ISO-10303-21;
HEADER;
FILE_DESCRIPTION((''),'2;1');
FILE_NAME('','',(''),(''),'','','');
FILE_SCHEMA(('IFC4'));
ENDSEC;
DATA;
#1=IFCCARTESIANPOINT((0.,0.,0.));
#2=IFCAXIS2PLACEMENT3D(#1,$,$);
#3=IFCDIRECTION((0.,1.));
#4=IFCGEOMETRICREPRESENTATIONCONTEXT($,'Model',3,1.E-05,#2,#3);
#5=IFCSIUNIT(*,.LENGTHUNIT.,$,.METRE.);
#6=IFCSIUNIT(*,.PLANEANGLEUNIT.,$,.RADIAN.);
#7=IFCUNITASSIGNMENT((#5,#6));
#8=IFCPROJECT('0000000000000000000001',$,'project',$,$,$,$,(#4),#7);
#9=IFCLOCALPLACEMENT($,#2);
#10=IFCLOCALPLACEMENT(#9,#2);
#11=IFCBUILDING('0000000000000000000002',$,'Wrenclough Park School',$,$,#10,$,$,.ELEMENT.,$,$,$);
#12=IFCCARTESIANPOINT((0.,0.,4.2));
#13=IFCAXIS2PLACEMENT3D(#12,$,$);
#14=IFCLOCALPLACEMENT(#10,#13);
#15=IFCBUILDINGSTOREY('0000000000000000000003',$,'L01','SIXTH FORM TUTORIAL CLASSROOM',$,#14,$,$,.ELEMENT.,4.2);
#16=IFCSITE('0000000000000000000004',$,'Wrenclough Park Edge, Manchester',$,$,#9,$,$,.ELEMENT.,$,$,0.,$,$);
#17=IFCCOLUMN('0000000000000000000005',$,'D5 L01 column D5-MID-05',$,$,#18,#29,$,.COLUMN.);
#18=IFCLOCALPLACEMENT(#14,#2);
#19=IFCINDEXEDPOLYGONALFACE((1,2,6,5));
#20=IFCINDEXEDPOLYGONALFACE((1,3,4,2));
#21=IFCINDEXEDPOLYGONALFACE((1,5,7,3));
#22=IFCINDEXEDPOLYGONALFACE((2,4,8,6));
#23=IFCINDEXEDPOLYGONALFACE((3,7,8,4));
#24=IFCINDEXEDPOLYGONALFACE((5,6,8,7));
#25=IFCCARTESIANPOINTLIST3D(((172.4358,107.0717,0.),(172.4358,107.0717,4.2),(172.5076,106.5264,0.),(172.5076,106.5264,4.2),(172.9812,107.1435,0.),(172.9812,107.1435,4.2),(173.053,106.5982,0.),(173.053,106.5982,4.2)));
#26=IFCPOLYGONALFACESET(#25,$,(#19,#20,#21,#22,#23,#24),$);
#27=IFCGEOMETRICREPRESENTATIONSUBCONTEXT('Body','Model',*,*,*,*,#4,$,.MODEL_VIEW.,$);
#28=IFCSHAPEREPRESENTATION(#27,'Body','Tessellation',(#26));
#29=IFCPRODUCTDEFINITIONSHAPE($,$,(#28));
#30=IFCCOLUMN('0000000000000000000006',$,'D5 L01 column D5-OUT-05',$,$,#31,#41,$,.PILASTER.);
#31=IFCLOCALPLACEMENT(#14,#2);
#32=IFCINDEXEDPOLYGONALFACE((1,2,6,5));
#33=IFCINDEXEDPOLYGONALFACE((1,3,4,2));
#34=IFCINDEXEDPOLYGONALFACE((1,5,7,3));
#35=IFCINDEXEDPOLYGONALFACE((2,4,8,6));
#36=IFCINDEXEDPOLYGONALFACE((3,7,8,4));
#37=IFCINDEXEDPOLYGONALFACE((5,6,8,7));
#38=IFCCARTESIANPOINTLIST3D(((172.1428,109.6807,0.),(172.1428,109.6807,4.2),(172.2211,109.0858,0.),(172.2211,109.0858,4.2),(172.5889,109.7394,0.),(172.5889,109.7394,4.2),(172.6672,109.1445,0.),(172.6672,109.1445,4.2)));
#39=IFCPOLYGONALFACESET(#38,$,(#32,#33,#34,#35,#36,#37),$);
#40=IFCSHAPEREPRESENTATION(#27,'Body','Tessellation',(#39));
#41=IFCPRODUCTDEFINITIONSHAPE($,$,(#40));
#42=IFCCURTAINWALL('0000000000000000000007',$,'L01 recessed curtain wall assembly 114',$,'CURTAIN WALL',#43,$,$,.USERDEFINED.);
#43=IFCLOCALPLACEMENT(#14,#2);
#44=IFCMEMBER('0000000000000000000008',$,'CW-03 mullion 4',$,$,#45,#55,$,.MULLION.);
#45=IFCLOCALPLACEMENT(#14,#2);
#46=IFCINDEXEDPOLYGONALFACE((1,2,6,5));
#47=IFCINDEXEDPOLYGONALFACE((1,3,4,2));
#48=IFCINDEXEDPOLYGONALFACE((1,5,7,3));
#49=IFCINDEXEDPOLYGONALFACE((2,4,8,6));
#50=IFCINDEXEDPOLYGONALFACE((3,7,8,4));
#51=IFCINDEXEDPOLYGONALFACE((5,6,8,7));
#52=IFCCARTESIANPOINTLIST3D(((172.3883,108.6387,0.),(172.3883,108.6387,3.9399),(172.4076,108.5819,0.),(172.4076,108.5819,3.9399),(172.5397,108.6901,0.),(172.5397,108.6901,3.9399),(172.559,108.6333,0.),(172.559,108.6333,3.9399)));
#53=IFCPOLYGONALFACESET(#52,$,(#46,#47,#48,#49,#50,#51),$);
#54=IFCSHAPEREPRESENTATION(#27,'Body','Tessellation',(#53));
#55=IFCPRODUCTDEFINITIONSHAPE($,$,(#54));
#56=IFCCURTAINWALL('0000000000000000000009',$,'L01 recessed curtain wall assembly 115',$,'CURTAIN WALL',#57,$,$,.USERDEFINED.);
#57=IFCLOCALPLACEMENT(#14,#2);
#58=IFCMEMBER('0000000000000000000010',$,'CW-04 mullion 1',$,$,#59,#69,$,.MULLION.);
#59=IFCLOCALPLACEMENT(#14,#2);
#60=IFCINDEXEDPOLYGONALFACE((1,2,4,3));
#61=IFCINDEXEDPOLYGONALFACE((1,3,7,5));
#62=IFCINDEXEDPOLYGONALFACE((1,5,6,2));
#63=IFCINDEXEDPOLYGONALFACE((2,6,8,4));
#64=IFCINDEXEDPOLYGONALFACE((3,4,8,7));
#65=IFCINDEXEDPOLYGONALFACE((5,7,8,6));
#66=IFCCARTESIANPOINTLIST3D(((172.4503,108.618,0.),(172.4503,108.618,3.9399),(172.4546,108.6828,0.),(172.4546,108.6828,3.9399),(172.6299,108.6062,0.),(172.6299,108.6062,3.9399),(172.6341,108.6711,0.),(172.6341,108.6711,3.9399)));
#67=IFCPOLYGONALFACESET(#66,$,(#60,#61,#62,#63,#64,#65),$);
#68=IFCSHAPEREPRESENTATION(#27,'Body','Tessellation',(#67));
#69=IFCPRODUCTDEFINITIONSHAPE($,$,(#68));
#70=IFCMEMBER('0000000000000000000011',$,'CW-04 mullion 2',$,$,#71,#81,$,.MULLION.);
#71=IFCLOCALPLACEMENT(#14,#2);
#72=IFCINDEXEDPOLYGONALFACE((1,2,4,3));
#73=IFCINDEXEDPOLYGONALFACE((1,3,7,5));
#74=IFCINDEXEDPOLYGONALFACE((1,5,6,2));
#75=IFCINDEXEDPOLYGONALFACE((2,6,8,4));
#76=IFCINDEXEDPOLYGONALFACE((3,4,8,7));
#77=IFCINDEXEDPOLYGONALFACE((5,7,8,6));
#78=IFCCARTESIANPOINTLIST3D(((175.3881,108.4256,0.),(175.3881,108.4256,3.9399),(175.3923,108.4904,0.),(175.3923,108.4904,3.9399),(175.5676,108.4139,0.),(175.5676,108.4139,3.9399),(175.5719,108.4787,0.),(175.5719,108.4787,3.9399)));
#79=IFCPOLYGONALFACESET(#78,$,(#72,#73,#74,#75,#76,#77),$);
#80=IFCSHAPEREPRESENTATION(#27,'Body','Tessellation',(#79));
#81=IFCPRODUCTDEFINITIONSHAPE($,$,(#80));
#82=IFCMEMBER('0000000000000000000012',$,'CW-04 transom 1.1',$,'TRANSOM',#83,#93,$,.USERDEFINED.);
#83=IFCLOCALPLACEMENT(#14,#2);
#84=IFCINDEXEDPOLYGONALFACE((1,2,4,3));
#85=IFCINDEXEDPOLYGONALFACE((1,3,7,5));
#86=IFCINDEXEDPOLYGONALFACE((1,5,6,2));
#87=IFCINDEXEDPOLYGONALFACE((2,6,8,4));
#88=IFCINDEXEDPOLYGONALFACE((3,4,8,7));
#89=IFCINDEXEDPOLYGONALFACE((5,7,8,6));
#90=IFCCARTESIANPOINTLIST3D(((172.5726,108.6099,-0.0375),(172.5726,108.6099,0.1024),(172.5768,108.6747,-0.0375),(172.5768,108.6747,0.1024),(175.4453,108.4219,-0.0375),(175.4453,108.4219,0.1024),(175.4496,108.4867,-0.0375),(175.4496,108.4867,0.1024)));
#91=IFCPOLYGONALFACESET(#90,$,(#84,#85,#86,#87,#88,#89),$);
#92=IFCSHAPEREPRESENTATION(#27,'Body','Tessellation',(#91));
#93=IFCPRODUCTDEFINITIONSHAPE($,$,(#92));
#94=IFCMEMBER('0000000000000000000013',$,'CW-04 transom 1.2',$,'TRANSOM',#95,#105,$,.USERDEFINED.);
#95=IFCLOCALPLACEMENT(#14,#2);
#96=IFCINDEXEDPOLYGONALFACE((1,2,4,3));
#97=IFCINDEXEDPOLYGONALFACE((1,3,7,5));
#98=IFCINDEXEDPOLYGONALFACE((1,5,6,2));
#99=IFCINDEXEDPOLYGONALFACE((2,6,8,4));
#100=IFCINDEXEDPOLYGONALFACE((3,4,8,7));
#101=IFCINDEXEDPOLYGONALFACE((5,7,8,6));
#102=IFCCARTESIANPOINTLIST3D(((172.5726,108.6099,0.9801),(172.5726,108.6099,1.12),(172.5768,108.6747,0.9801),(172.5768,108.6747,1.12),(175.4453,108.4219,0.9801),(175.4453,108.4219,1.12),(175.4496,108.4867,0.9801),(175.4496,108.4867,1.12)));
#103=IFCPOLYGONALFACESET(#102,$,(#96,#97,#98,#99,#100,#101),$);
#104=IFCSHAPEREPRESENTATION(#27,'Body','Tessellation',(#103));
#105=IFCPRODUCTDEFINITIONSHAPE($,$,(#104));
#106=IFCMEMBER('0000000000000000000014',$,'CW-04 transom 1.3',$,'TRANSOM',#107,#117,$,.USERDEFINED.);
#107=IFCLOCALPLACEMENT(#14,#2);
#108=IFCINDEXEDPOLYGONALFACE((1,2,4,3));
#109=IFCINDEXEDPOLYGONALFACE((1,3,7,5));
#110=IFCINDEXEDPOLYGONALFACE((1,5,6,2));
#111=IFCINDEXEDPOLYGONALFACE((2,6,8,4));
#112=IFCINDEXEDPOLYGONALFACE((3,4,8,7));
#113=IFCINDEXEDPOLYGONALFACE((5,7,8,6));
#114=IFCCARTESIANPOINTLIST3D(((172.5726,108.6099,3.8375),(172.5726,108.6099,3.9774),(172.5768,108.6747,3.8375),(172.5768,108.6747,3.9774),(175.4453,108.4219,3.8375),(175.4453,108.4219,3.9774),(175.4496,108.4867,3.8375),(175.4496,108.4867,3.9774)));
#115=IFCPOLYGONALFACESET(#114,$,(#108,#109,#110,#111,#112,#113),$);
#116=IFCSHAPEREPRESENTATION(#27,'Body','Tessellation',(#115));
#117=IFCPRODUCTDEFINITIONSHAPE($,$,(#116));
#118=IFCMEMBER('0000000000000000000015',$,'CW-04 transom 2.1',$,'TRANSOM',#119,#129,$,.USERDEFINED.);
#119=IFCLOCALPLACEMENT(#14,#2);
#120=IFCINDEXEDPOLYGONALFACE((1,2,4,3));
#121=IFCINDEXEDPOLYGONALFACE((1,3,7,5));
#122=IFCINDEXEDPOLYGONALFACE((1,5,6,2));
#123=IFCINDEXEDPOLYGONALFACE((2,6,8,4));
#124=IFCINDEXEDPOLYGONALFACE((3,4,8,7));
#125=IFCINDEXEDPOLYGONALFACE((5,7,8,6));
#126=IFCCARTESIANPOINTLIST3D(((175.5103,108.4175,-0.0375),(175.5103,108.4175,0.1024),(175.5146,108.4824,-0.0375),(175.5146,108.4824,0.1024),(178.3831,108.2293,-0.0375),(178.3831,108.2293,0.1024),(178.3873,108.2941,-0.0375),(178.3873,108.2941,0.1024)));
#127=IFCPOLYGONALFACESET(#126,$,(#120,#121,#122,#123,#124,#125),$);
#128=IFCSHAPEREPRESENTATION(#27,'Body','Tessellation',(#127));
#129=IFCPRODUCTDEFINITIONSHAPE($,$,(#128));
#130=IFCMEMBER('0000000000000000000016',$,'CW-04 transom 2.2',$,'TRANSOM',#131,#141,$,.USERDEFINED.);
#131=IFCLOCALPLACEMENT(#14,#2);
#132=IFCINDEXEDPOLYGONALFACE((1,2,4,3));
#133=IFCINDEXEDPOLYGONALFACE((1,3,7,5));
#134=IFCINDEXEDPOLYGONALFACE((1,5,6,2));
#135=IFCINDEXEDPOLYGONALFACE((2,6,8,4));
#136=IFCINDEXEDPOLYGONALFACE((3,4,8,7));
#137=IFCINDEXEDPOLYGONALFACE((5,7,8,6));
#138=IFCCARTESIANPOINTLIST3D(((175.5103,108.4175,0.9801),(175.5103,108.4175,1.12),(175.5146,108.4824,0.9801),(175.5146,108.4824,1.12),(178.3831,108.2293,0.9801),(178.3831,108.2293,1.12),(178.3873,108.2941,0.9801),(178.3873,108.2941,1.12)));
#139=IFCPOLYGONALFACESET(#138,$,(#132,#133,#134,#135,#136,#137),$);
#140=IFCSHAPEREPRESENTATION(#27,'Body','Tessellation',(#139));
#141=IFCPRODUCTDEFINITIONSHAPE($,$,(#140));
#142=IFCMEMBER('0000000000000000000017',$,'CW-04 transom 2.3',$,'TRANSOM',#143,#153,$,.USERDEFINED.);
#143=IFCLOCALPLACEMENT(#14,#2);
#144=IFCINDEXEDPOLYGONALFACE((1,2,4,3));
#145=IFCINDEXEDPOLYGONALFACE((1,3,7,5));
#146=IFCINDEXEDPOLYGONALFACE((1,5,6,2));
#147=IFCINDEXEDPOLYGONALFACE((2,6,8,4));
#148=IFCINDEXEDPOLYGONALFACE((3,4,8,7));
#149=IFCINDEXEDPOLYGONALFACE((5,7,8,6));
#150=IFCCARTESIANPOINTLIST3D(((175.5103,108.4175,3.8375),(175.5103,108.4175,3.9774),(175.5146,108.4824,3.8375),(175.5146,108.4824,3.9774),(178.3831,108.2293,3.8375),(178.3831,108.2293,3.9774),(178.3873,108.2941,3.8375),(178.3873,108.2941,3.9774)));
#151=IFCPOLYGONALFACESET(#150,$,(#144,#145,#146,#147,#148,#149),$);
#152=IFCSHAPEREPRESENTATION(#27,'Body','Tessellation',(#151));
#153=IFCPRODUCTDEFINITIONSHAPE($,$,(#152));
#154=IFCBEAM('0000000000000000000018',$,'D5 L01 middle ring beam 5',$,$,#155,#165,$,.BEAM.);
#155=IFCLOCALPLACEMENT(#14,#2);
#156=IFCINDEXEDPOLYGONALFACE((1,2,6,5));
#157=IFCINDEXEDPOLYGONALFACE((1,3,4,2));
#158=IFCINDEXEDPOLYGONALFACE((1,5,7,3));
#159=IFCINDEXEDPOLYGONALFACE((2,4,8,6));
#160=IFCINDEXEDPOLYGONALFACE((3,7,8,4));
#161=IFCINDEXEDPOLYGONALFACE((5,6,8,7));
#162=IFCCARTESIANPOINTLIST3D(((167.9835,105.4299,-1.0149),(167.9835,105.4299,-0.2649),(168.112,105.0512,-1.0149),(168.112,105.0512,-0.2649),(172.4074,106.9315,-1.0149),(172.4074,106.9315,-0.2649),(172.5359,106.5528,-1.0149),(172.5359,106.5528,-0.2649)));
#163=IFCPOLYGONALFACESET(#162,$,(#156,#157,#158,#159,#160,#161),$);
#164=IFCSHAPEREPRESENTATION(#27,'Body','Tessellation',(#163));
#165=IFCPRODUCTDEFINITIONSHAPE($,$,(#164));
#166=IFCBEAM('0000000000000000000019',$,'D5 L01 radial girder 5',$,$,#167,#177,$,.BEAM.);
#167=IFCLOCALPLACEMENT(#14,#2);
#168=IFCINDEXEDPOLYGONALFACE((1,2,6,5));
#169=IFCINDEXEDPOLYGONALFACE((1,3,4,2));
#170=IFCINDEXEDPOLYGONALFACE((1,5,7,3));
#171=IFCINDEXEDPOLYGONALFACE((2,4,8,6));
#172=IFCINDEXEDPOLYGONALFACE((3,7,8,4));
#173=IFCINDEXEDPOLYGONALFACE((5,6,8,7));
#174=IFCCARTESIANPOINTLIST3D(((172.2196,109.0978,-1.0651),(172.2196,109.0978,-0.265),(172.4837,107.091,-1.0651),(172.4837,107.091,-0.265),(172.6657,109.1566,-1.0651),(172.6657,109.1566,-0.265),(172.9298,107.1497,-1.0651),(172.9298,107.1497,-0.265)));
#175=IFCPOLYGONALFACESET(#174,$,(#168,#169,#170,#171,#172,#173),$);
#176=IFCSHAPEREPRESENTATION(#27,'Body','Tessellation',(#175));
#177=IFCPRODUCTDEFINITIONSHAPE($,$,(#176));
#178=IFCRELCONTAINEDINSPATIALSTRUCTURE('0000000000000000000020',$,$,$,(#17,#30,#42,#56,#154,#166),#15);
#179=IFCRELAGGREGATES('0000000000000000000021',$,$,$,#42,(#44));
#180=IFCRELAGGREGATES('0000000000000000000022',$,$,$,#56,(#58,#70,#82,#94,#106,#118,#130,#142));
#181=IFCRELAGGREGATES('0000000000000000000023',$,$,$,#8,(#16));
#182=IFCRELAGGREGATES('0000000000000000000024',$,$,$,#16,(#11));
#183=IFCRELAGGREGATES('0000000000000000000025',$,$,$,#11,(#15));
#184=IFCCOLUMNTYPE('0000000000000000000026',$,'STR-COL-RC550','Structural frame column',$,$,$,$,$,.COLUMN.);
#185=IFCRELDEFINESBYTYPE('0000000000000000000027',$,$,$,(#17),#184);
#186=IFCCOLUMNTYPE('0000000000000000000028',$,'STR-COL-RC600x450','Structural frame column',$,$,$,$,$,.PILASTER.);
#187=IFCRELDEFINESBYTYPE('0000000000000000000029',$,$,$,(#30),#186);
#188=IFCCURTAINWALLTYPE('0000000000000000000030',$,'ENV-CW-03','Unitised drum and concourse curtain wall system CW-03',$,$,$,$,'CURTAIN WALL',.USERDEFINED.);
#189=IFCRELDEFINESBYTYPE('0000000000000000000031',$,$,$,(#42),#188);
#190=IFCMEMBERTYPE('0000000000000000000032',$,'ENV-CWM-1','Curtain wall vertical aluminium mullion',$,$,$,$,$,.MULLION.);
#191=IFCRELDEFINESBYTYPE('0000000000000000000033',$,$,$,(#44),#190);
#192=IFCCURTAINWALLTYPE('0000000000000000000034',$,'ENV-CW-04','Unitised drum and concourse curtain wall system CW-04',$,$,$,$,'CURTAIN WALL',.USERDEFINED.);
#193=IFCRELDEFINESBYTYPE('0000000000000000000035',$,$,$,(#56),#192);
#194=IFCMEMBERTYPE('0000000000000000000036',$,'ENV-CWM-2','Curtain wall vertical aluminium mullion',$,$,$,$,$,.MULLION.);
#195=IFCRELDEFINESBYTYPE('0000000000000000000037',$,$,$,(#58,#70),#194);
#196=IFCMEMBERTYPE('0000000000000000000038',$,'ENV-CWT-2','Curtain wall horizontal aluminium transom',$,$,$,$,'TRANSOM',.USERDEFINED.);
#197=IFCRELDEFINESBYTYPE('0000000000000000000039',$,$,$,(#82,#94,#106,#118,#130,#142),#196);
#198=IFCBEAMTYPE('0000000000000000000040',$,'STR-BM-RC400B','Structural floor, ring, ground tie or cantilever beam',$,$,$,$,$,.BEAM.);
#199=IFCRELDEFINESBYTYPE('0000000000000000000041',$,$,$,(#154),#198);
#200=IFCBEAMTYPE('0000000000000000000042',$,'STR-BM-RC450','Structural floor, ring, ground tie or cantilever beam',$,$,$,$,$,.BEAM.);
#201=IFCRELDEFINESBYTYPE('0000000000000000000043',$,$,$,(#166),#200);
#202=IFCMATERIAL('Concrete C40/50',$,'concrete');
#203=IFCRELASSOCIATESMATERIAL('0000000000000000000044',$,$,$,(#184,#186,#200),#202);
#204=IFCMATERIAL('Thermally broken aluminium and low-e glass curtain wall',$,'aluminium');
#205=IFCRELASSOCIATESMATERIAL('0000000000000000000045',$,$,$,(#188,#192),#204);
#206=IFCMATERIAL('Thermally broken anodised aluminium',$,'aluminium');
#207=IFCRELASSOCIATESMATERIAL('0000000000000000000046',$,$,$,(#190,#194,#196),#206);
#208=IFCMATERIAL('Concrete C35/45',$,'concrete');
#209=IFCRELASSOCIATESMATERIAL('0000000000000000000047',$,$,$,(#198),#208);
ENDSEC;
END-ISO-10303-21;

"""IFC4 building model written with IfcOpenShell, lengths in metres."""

from ifc_helpers import new_model, si_unit, direction, frame, origin, origin_2d, place, context, subcontext, project, spatial, rectangle, extrude, material, material_profile, profile_set, type_object, element, aggregate, save


model = new_model("IFC4")

# Units and contexts
model_context = context("Model", 3, precision=1e-05, world=origin(), true_north=direction((0.0, 1.0)))
body_context = subcontext(model_context, "Body", "Model", "MODEL_VIEW")
ifc_project = project(units=[si_unit("LENGTHUNIT", "METRE"), si_unit("PLANEANGLEUNIT", "RADIAN")], contexts=[model_context])

# Site, building, storey
site_placement = place(None, origin())
site = spatial("IfcSite", under=ifc_project, at=site_placement, Name="Wrenclough Park Edge, Manchester", CompositionType="ELEMENT", RefElevation=0.0)
building_placement = place(site_placement, origin())
building = spatial("IfcBuilding", under=site, at=building_placement, Name="Wrenclough Park School", CompositionType="ELEMENT")
storey_placement = place(building_placement, frame((0.0, 0.0, 4.2)))
storey = spatial("IfcBuildingStorey", under=building, at=storey_placement, Name="L01", Description="SIXTH FORM TUTORIAL CLASSROOM", CompositionType="ELEMENT", Elevation=4.2)

# Columns
ifc_material_1 = material(Name="Concrete C40/50", Category="concrete")
ifc_material_profile_1 = material_profile(ifc_material_1, rectangle(XDim=0.55, YDim=0.55, at=origin_2d()), Name="RC COL 550x550")
ifc_profile_set_1 = profile_set([ifc_material_profile_1], Name="Concrete C40/50")
column_type_1 = type_object("IfcColumnType", Name="STR-COL-RC550", Description="Structural frame column", PredefinedType="COLUMN", material=ifc_profile_set_1)
column_1_placement = place(storey_placement, frame((172.7444, 106.835, 0.0), z_axis=(0.0, 0.0, 1.0), x_axis=(-0.991445, -0.130526, 0.0)))
element("IfcColumn", 1, at=column_1_placement, inside=storey, type_object=column_type_1, Name="D5 L01 column D5-MID-05", PredefinedType="COLUMN", context=body_context, shape_type="SweptSolid", body=[
    extrude(rectangle(XDim=0.55, YDim=0.55, at=origin_2d()), origin(), (0.0, 0.0, 1.0), 4.2),
])
ifc_material_profile_2 = material_profile(ifc_material_1, rectangle(XDim=0.45, YDim=0.6001, at=origin_2d()), Name="RC COL 600x450")
ifc_profile_set_2 = profile_set([ifc_material_profile_2], Name="Concrete C40/50")
column_type_2 = type_object("IfcColumnType", Name="STR-COL-RC600x450", Description="Structural frame column", PredefinedType="PILASTER", material=ifc_profile_set_2)
column_2_placement = place(storey_placement, frame((172.405, 109.4126, 0.0), z_axis=(0.0, 0.0, 1.0), x_axis=(-0.991445, -0.130526, 0.0)))
element("IfcColumn", 2, at=column_2_placement, inside=storey, type_object=column_type_2, Name="D5 L01 column D5-OUT-05", PredefinedType="PILASTER", context=body_context, shape_type="SweptSolid", body=[
    extrude(rectangle(XDim=0.45, YDim=0.6001, at=origin_2d()), origin(), (0.0, 0.0, 1.0), 4.2),
])

# Curtain wall, member
ifc_material_2 = material(Name="Thermally broken aluminium and low-e glass curtain wall", Category="aluminium")
curtain_wall_type_1 = type_object("IfcCurtainWallType", Name="ENV-CW-03", Description="Unitised drum and concourse curtain wall system CW-03", ElementType="CURTAIN WALL", PredefinedType="USERDEFINED", material=ifc_material_2)
curtain_wall_1_placement = place(storey_placement, origin())
curtain_wall_1 = element("IfcCurtainWall", 3, at=curtain_wall_1_placement, inside=storey, type_object=curtain_wall_type_1, Name="L01 recessed curtain wall assembly 114", ObjectType="CURTAIN WALL", PredefinedType="USERDEFINED")
ifc_material_3 = material(Name="Thermally broken anodised aluminium", Category="aluminium")
ifc_material_profile_3 = material_profile(ifc_material_3, rectangle(XDim=0.0601, YDim=0.1599, at=origin_2d()), Name="AL MULLION 60x160")
ifc_profile_set_3 = profile_set([ifc_material_profile_3], Name="Thermally broken anodised aluminium")
member_type_1 = type_object("IfcMemberType", Name="ENV-CWM-1", Description="Curtain wall vertical aluminium mullion", PredefinedType="MULLION", material=ifc_profile_set_3)
member_1_placement = place(storey_placement, frame((172.4736, 108.636, 0.0), z_axis=(0.0, 0.0, 1.0), x_axis=(-0.321429, 0.946934, 0.0)))
member_1 = element("IfcMember", 4, at=member_1_placement, type_object=member_type_1, Name="CW-03 mullion 4", PredefinedType="MULLION", context=body_context, shape_type="SweptSolid", body=[
    extrude(rectangle(XDim=0.0601, YDim=0.1599, at=origin_2d()), origin(), (0.0, 0.0, 1.0), 3.9399),
])

# Curtain wall, members
curtain_wall_type_2 = type_object("IfcCurtainWallType", Name="ENV-CW-04", Description="Unitised drum and concourse curtain wall system CW-04", ElementType="CURTAIN WALL", PredefinedType="USERDEFINED", material=ifc_material_2)
curtain_wall_2_placement = place(storey_placement, origin())
curtain_wall_2 = element("IfcCurtainWall", 5, at=curtain_wall_2_placement, inside=storey, type_object=curtain_wall_type_2, Name="L01 recessed curtain wall assembly 115", ObjectType="CURTAIN WALL", PredefinedType="USERDEFINED")
ifc_material_profile_4 = material_profile(ifc_material_3, rectangle(XDim=0.0649, YDim=0.1799, at=origin_2d()), Name="AL MULLION 65x180")
ifc_profile_set_4 = profile_set([ifc_material_profile_4], Name="Thermally broken anodised aluminium")
member_type_2 = type_object("IfcMemberType", Name="ENV-CWM-2", Description="Curtain wall vertical aluminium mullion", PredefinedType="MULLION", material=ifc_profile_set_4)
member_2_placement = place(storey_placement, frame((172.5422, 108.6445, 0.0), z_axis=(0.0, 0.0, 1.0), x_axis=(0.065379, 0.99786, 0.0)))
member_2 = element("IfcMember", 6, at=member_2_placement, type_object=member_type_2, Name="CW-04 mullion 1", PredefinedType="MULLION", context=body_context, shape_type="SweptSolid", body=[
    extrude(rectangle(XDim=0.0649, YDim=0.1799, at=origin_2d()), origin(), (0.0, 0.0, 1.0), 3.9399),
])
member_3_placement = place(storey_placement, frame((175.48, 108.4521, 0.0), z_axis=(0.0, 0.0, 1.0), x_axis=(0.065379, 0.99786, 0.0)))
member_3 = element("IfcMember", 7, at=member_3_placement, type_object=member_type_2, Name="CW-04 mullion 2", PredefinedType="MULLION", context=body_context, shape_type="SweptSolid", body=[
    extrude(rectangle(XDim=0.0649, YDim=0.1799, at=origin_2d()), origin(), (0.0, 0.0, 1.0), 3.9399),
])
ifc_material_profile_5 = material_profile(ifc_material_3, rectangle(XDim=0.0649, YDim=0.1399, at=origin_2d()), Name="AL TRANSOM 65x140")
ifc_profile_set_5 = profile_set([ifc_material_profile_5], Name="Thermally broken anodised aluminium")
member_type_3 = type_object("IfcMemberType", Name="ENV-CWT-2", Description="Curtain wall horizontal aluminium transom", ElementType="TRANSOM", PredefinedType="USERDEFINED", material=ifc_profile_set_5)
member_4_placement = place(storey_placement, frame((172.5747, 108.6423, 0.0325), z_axis=(0.997866, -0.065298, 0.0), x_axis=(0.065298, 0.997866, 0.0)))
member_4 = element("IfcMember", 8, at=member_4_placement, type_object=member_type_3, Name="CW-04 transom 1.1", ObjectType="TRANSOM", PredefinedType="USERDEFINED", context=body_context, shape_type="SweptSolid", body=[
    extrude(rectangle(XDim=0.0649, YDim=0.1399, at=origin_2d()), origin(), (0.0, 0.0, 1.0), 2.8789),
])
member_5_placement = place(storey_placement, frame((172.5747, 108.6423, 1.05), z_axis=(0.997866, -0.065298, 0.0), x_axis=(0.065298, 0.997866, 0.0)))
member_5 = element("IfcMember", 9, at=member_5_placement, type_object=member_type_3, Name="CW-04 transom 1.2", ObjectType="TRANSOM", PredefinedType="USERDEFINED", context=body_context, shape_type="SweptSolid", body=[
    extrude(rectangle(XDim=0.0649, YDim=0.1399, at=origin_2d()), origin(), (0.0, 0.0, 1.0), 2.8789),
])
member_6_placement = place(storey_placement, frame((172.5747, 108.6423, 3.9075), z_axis=(0.997866, -0.065298, 0.0), x_axis=(0.065298, 0.997866, 0.0)))
member_6 = element("IfcMember", 10, at=member_6_placement, type_object=member_type_3, Name="CW-04 transom 1.3", ObjectType="TRANSOM", PredefinedType="USERDEFINED", context=body_context, shape_type="SweptSolid", body=[
    extrude(rectangle(XDim=0.0649, YDim=0.1399, at=origin_2d()), origin(), (0.0, 0.0, 1.0), 2.8789),
])
member_7_placement = place(storey_placement, frame((175.5125, 108.45, 0.0325), z_axis=(0.99786, -0.065382, 0.0), x_axis=(0.065382, 0.99786, 0.0)))
member_7 = element("IfcMember", 11, at=member_7_placement, type_object=member_type_3, Name="CW-04 transom 2.1", ObjectType="TRANSOM", PredefinedType="USERDEFINED", context=body_context, shape_type="SweptSolid", body=[
    extrude(rectangle(XDim=0.0649, YDim=0.1399, at=origin_2d()), origin(), (0.0, 0.0, 1.0), 2.8789),
])
member_8_placement = place(storey_placement, frame((175.5125, 108.45, 1.05), z_axis=(0.99786, -0.065382, 0.0), x_axis=(0.065382, 0.99786, 0.0)))
member_8 = element("IfcMember", 12, at=member_8_placement, type_object=member_type_3, Name="CW-04 transom 2.2", ObjectType="TRANSOM", PredefinedType="USERDEFINED", context=body_context, shape_type="SweptSolid", body=[
    extrude(rectangle(XDim=0.0649, YDim=0.1399, at=origin_2d()), origin(), (0.0, 0.0, 1.0), 2.8789),
])
member_9_placement = place(storey_placement, frame((175.5125, 108.45, 3.9075), z_axis=(0.99786, -0.065382, 0.0), x_axis=(0.065382, 0.99786, 0.0)))
member_9 = element("IfcMember", 13, at=member_9_placement, type_object=member_type_3, Name="CW-04 transom 2.3", ObjectType="TRANSOM", PredefinedType="USERDEFINED", context=body_context, shape_type="SweptSolid", body=[
    extrude(rectangle(XDim=0.0649, YDim=0.1399, at=origin_2d()), origin(), (0.0, 0.0, 1.0), 2.8789),
])

# Beams
ifc_material_4 = material(Name="Concrete C35/45", Category="concrete")
ifc_material_profile_6 = material_profile(ifc_material_4, rectangle(XDim=0.3999, YDim=0.75, at=origin_2d()), Name="RC BEAM 400x750")
ifc_profile_set_6 = profile_set([ifc_material_profile_6], Name="Concrete C35/45")
beam_type_1 = type_object("IfcBeamType", Name="STR-BM-RC400B", Description="Structural floor, ring, ground tie or cantilever beam", PredefinedType="BEAM", material=ifc_profile_set_6)
beam_1_placement = place(storey_placement, frame((172.4717, 106.7422, -0.6399), z_axis=(-0.946934, -0.321428, 0.0), x_axis=(0.321428, -0.946934, 0.0)))
element("IfcBeam", 14, at=beam_1_placement, inside=storey, type_object=beam_type_1, Name="D5 L01 middle ring beam 5", PredefinedType="BEAM", context=body_context, shape_type="SweptSolid", body=[
    extrude(rectangle(XDim=0.3999, YDim=0.75, at=origin_2d()), origin(), (0.0, 0.0, 1.0), 4.6719),
])
ifc_material_profile_7 = material_profile(ifc_material_1, rectangle(XDim=0.45, YDim=0.8, at=origin_2d()), Name="RC BEAM 450x800")
ifc_profile_set_7 = profile_set([ifc_material_profile_7], Name="Concrete C40/50")
beam_type_2 = type_object("IfcBeamType", Name="STR-BM-RC450", Description="Structural floor, ring, ground tie or cantilever beam", PredefinedType="BEAM", material=ifc_profile_set_7)
beam_2_placement = place(storey_placement, frame((172.4426, 109.1272, -0.665), z_axis=(0.130504, -0.991448, 0.0), x_axis=(0.991448, 0.130504, 0.0)))
element("IfcBeam", 15, at=beam_2_placement, inside=storey, type_object=beam_type_2, Name="D5 L01 radial girder 5", PredefinedType="BEAM", context=body_context, shape_type="SweptSolid", body=[
    extrude(rectangle(XDim=0.45, YDim=0.8, at=origin_2d()), origin(), (0.0, 0.0, 1.0), 2.0242),
])

aggregate(curtain_wall_1, [member_1])
aggregate(curtain_wall_2, [member_2, member_3, member_4, member_5, member_6, member_7, member_8, member_9])

save(model, "model.ifc")
